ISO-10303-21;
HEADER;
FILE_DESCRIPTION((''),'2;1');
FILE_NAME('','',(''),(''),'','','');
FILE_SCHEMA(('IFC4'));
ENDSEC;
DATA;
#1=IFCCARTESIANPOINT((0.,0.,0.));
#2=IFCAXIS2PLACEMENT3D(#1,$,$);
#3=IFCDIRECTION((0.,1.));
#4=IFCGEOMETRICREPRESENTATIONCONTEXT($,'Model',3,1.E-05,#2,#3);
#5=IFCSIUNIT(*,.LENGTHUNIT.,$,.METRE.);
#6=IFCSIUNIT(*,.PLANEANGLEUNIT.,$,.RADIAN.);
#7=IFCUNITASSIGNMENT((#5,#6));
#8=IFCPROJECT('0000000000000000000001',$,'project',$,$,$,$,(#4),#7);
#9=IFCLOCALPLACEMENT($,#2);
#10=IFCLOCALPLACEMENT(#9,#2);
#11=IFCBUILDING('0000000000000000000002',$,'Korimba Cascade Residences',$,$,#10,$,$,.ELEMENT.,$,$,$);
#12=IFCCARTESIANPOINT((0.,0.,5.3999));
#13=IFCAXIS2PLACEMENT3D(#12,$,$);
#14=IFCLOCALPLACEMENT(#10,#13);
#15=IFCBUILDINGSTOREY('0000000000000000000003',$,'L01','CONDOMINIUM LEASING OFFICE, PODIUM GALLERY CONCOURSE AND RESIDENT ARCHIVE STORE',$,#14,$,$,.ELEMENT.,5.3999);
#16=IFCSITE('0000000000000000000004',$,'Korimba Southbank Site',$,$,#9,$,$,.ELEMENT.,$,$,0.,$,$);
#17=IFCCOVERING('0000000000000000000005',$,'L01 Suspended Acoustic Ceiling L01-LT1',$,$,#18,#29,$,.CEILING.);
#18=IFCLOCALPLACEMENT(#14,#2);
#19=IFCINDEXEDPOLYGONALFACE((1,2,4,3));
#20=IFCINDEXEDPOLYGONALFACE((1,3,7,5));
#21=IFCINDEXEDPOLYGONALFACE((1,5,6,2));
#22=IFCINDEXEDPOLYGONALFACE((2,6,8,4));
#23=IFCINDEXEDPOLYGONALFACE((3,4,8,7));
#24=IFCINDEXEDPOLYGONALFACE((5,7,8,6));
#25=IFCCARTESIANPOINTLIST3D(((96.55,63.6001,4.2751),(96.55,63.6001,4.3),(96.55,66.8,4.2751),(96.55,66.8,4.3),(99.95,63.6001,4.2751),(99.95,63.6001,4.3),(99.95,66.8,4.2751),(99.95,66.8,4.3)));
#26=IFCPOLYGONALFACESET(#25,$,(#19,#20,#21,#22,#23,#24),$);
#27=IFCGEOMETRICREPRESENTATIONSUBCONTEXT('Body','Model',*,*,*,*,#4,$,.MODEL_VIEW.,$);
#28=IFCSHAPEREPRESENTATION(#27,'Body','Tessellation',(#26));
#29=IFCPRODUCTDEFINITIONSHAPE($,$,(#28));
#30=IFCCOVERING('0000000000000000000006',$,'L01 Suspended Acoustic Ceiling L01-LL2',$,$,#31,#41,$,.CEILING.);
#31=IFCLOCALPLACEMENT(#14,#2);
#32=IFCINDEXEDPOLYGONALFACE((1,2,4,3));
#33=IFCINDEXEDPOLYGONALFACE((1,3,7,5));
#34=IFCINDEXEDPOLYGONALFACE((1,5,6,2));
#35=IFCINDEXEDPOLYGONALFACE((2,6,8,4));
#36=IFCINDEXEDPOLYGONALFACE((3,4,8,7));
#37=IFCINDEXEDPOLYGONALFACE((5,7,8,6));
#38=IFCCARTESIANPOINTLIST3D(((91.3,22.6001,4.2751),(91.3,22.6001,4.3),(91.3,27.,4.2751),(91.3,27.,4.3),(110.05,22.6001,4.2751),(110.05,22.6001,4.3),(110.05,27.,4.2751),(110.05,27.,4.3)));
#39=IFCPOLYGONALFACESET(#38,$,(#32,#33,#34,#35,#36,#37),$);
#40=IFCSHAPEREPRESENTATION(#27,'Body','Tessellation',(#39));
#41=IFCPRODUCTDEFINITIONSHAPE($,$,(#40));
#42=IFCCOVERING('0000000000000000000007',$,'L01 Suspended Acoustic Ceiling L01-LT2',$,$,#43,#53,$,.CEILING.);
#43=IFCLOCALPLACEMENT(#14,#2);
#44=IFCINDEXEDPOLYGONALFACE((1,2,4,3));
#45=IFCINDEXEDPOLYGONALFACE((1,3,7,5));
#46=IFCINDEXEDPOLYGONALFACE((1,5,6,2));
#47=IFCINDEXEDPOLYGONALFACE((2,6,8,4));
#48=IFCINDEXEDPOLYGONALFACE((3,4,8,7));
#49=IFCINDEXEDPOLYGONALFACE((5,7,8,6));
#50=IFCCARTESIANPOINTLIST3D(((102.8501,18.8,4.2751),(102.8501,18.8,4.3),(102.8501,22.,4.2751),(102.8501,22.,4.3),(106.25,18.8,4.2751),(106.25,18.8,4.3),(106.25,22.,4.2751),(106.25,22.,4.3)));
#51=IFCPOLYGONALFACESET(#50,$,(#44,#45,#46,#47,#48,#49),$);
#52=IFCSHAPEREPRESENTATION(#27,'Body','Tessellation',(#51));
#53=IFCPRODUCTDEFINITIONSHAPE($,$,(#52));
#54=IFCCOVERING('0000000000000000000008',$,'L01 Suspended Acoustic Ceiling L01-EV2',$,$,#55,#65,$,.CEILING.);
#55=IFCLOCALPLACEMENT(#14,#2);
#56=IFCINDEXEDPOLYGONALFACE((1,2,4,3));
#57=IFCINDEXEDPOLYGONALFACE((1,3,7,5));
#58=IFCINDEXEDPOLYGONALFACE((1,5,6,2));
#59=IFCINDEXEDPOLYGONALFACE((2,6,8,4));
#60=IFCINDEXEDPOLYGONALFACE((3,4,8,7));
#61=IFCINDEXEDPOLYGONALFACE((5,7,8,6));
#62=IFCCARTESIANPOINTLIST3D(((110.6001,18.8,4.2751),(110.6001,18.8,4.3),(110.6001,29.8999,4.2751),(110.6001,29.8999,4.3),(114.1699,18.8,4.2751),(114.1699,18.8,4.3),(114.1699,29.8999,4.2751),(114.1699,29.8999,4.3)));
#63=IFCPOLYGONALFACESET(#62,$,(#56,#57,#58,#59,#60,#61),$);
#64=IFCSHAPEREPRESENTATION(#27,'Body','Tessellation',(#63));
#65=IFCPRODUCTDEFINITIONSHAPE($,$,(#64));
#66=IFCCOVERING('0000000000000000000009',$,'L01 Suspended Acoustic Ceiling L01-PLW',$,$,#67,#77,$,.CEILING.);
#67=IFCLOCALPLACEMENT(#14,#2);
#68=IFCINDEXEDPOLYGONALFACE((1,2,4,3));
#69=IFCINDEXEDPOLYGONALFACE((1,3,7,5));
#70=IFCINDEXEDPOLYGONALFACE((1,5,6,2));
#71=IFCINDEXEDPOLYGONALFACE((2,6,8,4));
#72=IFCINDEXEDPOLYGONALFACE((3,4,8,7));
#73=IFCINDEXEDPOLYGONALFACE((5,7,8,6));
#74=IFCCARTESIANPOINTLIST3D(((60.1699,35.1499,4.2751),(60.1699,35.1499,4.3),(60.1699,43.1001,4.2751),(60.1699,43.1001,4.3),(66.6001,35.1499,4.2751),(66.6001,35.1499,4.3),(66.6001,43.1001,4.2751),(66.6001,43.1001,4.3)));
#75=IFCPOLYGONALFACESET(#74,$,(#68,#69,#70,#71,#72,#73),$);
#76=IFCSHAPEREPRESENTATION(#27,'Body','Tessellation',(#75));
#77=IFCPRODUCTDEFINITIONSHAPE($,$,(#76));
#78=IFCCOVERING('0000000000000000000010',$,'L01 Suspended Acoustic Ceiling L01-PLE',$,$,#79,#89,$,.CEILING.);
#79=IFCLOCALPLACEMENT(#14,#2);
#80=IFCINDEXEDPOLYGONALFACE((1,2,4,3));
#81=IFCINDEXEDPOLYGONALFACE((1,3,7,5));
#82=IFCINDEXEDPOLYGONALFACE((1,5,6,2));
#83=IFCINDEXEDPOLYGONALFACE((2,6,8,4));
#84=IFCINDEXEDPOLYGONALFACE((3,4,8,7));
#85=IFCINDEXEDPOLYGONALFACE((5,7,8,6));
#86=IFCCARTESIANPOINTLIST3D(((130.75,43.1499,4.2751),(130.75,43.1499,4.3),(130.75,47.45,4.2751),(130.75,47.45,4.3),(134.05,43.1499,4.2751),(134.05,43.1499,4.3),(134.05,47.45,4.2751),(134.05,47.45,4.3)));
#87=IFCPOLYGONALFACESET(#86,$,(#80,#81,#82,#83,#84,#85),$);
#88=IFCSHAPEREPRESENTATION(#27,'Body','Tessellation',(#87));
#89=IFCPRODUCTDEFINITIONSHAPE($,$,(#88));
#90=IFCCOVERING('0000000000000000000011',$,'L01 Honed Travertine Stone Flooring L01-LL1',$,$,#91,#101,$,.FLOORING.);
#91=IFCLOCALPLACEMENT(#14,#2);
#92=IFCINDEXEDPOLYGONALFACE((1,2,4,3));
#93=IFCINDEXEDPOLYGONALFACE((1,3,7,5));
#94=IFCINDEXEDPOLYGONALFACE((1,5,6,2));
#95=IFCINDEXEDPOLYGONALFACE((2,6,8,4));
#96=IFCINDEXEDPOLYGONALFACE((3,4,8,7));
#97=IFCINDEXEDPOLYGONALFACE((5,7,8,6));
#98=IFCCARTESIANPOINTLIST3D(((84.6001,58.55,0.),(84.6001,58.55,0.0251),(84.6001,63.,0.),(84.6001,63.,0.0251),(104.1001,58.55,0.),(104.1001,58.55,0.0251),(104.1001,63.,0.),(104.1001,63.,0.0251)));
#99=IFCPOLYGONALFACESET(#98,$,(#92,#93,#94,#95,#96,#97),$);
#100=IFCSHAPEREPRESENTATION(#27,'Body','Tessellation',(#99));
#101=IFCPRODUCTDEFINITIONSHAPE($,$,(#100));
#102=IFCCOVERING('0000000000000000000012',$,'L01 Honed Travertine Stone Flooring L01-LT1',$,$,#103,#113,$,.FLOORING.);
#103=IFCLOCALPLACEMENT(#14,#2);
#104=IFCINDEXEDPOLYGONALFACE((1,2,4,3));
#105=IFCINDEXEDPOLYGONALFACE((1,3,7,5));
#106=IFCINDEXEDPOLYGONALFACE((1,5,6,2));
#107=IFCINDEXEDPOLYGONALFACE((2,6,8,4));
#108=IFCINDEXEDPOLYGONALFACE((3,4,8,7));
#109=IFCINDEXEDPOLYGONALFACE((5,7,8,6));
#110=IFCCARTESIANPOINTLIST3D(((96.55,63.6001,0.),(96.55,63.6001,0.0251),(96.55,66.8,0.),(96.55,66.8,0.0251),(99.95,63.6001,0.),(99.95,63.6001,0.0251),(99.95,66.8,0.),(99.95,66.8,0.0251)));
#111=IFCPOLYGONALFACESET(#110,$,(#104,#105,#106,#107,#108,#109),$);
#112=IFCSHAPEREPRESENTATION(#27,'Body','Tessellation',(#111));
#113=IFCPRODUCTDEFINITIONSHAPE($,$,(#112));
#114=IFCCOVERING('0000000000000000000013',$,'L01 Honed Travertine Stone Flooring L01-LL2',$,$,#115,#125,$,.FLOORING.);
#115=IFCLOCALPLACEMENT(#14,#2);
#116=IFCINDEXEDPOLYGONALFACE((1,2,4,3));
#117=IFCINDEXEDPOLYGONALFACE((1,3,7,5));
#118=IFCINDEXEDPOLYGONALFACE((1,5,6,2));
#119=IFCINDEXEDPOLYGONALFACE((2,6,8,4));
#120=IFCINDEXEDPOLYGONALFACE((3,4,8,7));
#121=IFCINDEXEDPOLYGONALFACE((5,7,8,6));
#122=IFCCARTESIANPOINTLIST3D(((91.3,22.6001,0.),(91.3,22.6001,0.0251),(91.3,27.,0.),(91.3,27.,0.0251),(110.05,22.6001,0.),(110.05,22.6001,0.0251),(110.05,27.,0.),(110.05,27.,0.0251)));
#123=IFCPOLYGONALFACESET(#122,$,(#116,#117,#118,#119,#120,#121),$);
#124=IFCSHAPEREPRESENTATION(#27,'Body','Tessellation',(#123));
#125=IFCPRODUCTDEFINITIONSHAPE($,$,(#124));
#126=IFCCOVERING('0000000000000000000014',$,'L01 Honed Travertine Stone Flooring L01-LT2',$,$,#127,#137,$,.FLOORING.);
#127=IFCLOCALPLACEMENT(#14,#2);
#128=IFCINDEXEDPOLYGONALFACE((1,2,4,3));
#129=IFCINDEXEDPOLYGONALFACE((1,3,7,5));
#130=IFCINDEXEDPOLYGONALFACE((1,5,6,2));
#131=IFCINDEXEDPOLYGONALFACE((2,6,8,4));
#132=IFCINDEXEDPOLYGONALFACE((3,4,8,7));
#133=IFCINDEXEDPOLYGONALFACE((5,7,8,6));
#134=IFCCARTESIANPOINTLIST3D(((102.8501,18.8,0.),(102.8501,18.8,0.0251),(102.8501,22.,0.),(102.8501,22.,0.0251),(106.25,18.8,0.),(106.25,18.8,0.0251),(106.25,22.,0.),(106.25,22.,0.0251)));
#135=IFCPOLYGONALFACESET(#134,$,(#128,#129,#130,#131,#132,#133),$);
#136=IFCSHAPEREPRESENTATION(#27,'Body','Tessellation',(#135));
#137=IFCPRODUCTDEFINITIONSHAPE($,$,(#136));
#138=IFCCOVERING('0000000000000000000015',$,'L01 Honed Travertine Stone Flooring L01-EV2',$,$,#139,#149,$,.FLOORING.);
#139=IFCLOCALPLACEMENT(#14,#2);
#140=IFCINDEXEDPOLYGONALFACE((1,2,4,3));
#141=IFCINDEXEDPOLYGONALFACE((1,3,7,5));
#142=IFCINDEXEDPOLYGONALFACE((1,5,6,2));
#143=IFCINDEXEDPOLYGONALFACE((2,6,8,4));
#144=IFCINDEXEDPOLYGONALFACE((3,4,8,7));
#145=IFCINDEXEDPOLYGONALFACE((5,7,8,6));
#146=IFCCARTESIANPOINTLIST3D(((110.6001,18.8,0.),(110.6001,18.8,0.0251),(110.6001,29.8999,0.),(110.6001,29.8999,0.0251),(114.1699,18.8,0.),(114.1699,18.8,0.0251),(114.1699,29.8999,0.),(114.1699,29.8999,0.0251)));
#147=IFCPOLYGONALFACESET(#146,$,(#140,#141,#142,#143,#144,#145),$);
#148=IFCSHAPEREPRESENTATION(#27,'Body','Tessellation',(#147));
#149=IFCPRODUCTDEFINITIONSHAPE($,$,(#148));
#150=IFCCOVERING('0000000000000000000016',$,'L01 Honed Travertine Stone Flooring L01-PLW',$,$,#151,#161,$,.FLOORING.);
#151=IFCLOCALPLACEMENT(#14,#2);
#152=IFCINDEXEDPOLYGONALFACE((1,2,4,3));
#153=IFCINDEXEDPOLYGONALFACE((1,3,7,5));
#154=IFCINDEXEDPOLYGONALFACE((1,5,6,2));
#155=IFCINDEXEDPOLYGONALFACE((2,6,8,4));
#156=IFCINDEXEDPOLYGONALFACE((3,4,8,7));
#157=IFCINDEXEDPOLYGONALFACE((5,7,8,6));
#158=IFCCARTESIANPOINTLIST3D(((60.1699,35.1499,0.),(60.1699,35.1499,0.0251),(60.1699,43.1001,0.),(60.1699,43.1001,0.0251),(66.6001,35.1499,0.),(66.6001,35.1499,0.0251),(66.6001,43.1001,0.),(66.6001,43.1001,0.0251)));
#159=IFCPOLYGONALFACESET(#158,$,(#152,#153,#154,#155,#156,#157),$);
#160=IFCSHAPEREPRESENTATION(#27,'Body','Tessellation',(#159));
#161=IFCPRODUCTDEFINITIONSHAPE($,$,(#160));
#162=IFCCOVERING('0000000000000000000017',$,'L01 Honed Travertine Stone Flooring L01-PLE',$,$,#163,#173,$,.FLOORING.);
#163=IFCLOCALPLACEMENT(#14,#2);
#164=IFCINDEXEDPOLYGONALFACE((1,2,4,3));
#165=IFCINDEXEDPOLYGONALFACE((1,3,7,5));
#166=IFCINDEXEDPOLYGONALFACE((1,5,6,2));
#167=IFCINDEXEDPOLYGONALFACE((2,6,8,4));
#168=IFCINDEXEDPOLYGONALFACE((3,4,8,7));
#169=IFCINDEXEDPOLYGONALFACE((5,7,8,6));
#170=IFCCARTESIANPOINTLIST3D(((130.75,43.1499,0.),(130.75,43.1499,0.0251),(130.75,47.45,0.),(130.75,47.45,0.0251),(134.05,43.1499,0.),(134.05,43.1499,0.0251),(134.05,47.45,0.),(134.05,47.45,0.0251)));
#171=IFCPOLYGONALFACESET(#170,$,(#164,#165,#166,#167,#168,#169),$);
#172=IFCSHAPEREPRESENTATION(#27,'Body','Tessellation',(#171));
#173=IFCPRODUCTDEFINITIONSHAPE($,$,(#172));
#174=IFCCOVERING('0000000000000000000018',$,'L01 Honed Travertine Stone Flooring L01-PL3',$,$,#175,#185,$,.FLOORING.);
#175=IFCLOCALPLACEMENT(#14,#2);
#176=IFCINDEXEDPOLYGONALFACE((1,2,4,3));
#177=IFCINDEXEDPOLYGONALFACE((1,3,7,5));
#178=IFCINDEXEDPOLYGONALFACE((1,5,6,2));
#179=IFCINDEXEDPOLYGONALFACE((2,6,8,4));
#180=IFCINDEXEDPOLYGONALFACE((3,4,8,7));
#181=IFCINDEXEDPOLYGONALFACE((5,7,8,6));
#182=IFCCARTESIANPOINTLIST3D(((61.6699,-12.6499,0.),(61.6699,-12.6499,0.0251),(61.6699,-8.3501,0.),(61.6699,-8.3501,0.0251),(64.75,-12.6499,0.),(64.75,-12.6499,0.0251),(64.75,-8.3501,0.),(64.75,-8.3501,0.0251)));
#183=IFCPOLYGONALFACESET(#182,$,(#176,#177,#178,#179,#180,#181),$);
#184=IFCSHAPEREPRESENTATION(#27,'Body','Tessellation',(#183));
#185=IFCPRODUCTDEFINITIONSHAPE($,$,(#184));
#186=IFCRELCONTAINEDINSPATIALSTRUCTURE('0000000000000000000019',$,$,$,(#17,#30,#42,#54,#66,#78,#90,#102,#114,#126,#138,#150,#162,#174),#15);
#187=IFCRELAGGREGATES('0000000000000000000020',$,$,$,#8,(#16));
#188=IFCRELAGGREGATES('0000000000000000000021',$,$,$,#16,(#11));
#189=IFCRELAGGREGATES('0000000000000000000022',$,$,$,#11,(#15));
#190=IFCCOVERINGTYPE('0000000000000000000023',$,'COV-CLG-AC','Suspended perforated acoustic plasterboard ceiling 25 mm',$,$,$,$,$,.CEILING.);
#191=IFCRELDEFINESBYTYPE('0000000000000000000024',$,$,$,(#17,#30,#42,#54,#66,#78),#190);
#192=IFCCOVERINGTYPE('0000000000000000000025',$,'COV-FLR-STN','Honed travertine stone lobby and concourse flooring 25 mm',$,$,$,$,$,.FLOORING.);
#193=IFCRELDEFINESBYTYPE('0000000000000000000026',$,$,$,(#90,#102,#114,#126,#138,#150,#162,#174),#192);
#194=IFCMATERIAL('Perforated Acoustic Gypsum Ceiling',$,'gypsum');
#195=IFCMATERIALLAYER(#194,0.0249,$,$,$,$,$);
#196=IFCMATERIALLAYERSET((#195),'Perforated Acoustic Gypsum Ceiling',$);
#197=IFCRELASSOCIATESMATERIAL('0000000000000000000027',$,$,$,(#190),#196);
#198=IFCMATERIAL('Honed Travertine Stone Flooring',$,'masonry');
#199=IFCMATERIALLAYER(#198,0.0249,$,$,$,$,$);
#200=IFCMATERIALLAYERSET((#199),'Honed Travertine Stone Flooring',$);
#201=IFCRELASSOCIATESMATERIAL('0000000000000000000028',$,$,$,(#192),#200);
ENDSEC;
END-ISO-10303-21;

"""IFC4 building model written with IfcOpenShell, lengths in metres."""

from ifc_helpers import new_model, si_unit, direction, frame, origin, place, context, subcontext, project, spatial, polyline, outline, extrude, material, layer, layer_set, type_object, element, save


model = new_model("IFC4")

# Units and contexts
model_context = context("Model", 3, precision=1e-05, world=origin(), true_north=direction((0.0, 1.0)))
body_context = subcontext(model_context, "Body", "Model", "MODEL_VIEW")
ifc_project = project(units=[si_unit("LENGTHUNIT", "METRE"), si_unit("PLANEANGLEUNIT", "RADIAN")], contexts=[model_context])

# Site, building, storey
site_placement = place(None, origin())
site = spatial("IfcSite", under=ifc_project, at=site_placement, Name="Korimba Southbank Site", CompositionType="ELEMENT", RefElevation=0.0)
building_placement = place(site_placement, origin())
building = spatial("IfcBuilding", under=site, at=building_placement, Name="Korimba Cascade Residences", CompositionType="ELEMENT")
storey_placement = place(building_placement, frame((0.0, 0.0, 5.3999)))
storey = spatial("IfcBuildingStorey", under=building, at=storey_placement, Name="L01", Description="CONDOMINIUM LEASING OFFICE, PODIUM GALLERY CONCOURSE AND RESIDENT ARCHIVE STORE", CompositionType="ELEMENT", Elevation=5.3999)

# Coverings
ifc_material_1 = material(Name="Perforated Acoustic Gypsum Ceiling", Category="gypsum")
ifc_layer_1 = layer(ifc_material_1, 0.0249)
ifc_layer_set_1 = layer_set([ifc_layer_1], Name="Perforated Acoustic Gypsum Ceiling")
covering_type_1 = type_object("IfcCoveringType", Name="COV-CLG-AC", Description="Suspended perforated acoustic plasterboard ceiling 25 mm", PredefinedType="CEILING", material=ifc_layer_set_1)
covering_1_placement = place(storey_placement, frame((0.0, 0.0, 4.2751)))
element("IfcCovering", 1, at=covering_1_placement, inside=storey, type_object=covering_type_1, Name="L01 Suspended Acoustic Ceiling L01-LT1", PredefinedType="CEILING", context=body_context, shape_type="SweptSolid", body=[
    extrude(outline(polyline([(96.55, 63.6001), (99.95, 63.6001), (99.95, 66.8), (96.55, 66.8), (96.55, 63.6001)])), origin(), (0.0, 0.0, 1.0), 0.0249),
])
covering_2_placement = place(storey_placement, frame((0.0, 0.0, 4.2751)))
element("IfcCovering", 2, at=covering_2_placement, inside=storey, type_object=covering_type_1, Name="L01 Suspended Acoustic Ceiling L01-LL2", PredefinedType="CEILING", context=body_context, shape_type="SweptSolid", body=[
    extrude(outline(polyline([(91.3, 22.6001), (110.05, 22.6001), (110.05, 27.0), (91.3, 27.0), (91.3, 22.6001)])), origin(), (0.0, 0.0, 1.0), 0.0249),
])
covering_3_placement = place(storey_placement, frame((0.0, 0.0, 4.2751)))
element("IfcCovering", 3, at=covering_3_placement, inside=storey, type_object=covering_type_1, Name="L01 Suspended Acoustic Ceiling L01-LT2", PredefinedType="CEILING", context=body_context, shape_type="SweptSolid", body=[
    extrude(outline(polyline([(102.8501, 18.8), (106.25, 18.8), (106.25, 22.0), (102.8501, 22.0), (102.8501, 18.8)])), origin(), (0.0, 0.0, 1.0), 0.0249),
])
covering_4_placement = place(storey_placement, frame((0.0, 0.0, 4.2751)))
element("IfcCovering", 4, at=covering_4_placement, inside=storey, type_object=covering_type_1, Name="L01 Suspended Acoustic Ceiling L01-EV2", PredefinedType="CEILING", context=body_context, shape_type="SweptSolid", body=[
    extrude(outline(polyline([(110.6001, 18.8), (114.1699, 18.8), (114.1699, 29.8999), (110.6001, 29.8999), (110.6001, 18.8)])), origin(), (0.0, 0.0, 1.0), 0.0249),
])
covering_5_placement = place(storey_placement, frame((0.0, 0.0, 4.2751)))
element("IfcCovering", 5, at=covering_5_placement, inside=storey, type_object=covering_type_1, Name="L01 Suspended Acoustic Ceiling L01-PLW", PredefinedType="CEILING", context=body_context, shape_type="SweptSolid", body=[
    extrude(outline(polyline([(60.1699, 35.1499), (66.6001, 35.1499), (66.6001, 43.1001), (60.1699, 43.1001), (60.1699, 35.1499)])), origin(), (0.0, 0.0, 1.0), 0.0249),
])
covering_6_placement = place(storey_placement, frame((0.0, 0.0, 4.2751)))
element("IfcCovering", 6, at=covering_6_placement, inside=storey, type_object=covering_type_1, Name="L01 Suspended Acoustic Ceiling L01-PLE", PredefinedType="CEILING", context=body_context, shape_type="SweptSolid", body=[
    extrude(outline(polyline([(130.75, 43.1499), (134.05, 43.1499), (134.05, 47.45), (130.75, 47.45), (130.75, 43.1499)])), origin(), (0.0, 0.0, 1.0), 0.0249),
])
ifc_material_2 = material(Name="Honed Travertine Stone Flooring", Category="masonry")
ifc_layer_2 = layer(ifc_material_2, 0.0249)
ifc_layer_set_2 = layer_set([ifc_layer_2], Name="Honed Travertine Stone Flooring")
covering_type_2 = type_object("IfcCoveringType", Name="COV-FLR-STN", Description="Honed travertine stone lobby and concourse flooring 25 mm", PredefinedType="FLOORING", material=ifc_layer_set_2)
covering_7_placement = place(storey_placement, origin())
element("IfcCovering", 7, at=covering_7_placement, inside=storey, type_object=covering_type_2, Name="L01 Honed Travertine Stone Flooring L01-LL1", PredefinedType="FLOORING", context=body_context, shape_type="SweptSolid", body=[
    extrude(outline(polyline([(84.6001, 58.55), (104.1001, 58.55), (104.1001, 63.0), (84.6001, 63.0), (84.6001, 58.55)])), origin(), (0.0, 0.0, 1.0), 0.0251),
])
covering_8_placement = place(storey_placement, origin())
element("IfcCovering", 8, at=covering_8_placement, inside=storey, type_object=covering_type_2, Name="L01 Honed Travertine Stone Flooring L01-LT1", PredefinedType="FLOORING", context=body_context, shape_type="SweptSolid", body=[
    extrude(outline(polyline([(96.55, 63.6001), (99.95, 63.6001), (99.95, 66.8), (96.55, 66.8), (96.55, 63.6001)])), origin(), (0.0, 0.0, 1.0), 0.0251),
])
covering_9_placement = place(storey_placement, origin())
element("IfcCovering", 9, at=covering_9_placement, inside=storey, type_object=covering_type_2, Name="L01 Honed Travertine Stone Flooring L01-LL2", PredefinedType="FLOORING", context=body_context, shape_type="SweptSolid", body=[
    extrude(outline(polyline([(91.3, 22.6001), (110.05, 22.6001), (110.05, 27.0), (91.3, 27.0), (91.3, 22.6001)])), origin(), (0.0, 0.0, 1.0), 0.0251),
])
covering_10_placement = place(storey_placement, origin())
element("IfcCovering", 10, at=covering_10_placement, inside=storey, type_object=covering_type_2, Name="L01 Honed Travertine Stone Flooring L01-LT2", PredefinedType="FLOORING", context=body_context, shape_type="SweptSolid", body=[
    extrude(outline(polyline([(102.8501, 18.8), (106.25, 18.8), (106.25, 22.0), (102.8501, 22.0), (102.8501, 18.8)])), origin(), (0.0, 0.0, 1.0), 0.0251),
])
covering_11_placement = place(storey_placement, origin())
element("IfcCovering", 11, at=covering_11_placement, inside=storey, type_object=covering_type_2, Name="L01 Honed Travertine Stone Flooring L01-EV2", PredefinedType="FLOORING", context=body_context, shape_type="SweptSolid", body=[
    extrude(outline(polyline([(110.6001, 18.8), (114.1699, 18.8), (114.1699, 29.8999), (110.6001, 29.8999), (110.6001, 18.8)])), origin(), (0.0, 0.0, 1.0), 0.0251),
])
covering_12_placement = place(storey_placement, origin())
element("IfcCovering", 12, at=covering_12_placement, inside=storey, type_object=covering_type_2, Name="L01 Honed Travertine Stone Flooring L01-PLW", PredefinedType="FLOORING", context=body_context, shape_type="SweptSolid", body=[
    extrude(outline(polyline([(60.1699, 35.1499), (66.6001, 35.1499), (66.6001, 43.1001), (60.1699, 43.1001), (60.1699, 35.1499)])), origin(), (0.0, 0.0, 1.0), 0.0251),
])
covering_13_placement = place(storey_placement, origin())
element("IfcCovering", 13, at=covering_13_placement, inside=storey, type_object=covering_type_2, Name="L01 Honed Travertine Stone Flooring L01-PLE", PredefinedType="FLOORING", context=body_context, shape_type="SweptSolid", body=[
    extrude(outline(polyline([(130.75, 43.1499), (134.05, 43.1499), (134.05, 47.45), (130.75, 47.45), (130.75, 43.1499)])), origin(), (0.0, 0.0, 1.0), 0.0251),
])
covering_14_placement = place(storey_placement, origin())
element("IfcCovering", 14, at=covering_14_placement, inside=storey, type_object=covering_type_2, Name="L01 Honed Travertine Stone Flooring L01-PL3", PredefinedType="FLOORING", context=body_context, shape_type="SweptSolid", body=[
    extrude(outline(polyline([(61.6699, -12.6499), (64.75, -12.6499), (64.75, -8.3501), (61.6699, -8.3501), (61.6699, -12.6499)])), origin(), (0.0, 0.0, 1.0), 0.0251),
])

save(model, "model.ifc")
